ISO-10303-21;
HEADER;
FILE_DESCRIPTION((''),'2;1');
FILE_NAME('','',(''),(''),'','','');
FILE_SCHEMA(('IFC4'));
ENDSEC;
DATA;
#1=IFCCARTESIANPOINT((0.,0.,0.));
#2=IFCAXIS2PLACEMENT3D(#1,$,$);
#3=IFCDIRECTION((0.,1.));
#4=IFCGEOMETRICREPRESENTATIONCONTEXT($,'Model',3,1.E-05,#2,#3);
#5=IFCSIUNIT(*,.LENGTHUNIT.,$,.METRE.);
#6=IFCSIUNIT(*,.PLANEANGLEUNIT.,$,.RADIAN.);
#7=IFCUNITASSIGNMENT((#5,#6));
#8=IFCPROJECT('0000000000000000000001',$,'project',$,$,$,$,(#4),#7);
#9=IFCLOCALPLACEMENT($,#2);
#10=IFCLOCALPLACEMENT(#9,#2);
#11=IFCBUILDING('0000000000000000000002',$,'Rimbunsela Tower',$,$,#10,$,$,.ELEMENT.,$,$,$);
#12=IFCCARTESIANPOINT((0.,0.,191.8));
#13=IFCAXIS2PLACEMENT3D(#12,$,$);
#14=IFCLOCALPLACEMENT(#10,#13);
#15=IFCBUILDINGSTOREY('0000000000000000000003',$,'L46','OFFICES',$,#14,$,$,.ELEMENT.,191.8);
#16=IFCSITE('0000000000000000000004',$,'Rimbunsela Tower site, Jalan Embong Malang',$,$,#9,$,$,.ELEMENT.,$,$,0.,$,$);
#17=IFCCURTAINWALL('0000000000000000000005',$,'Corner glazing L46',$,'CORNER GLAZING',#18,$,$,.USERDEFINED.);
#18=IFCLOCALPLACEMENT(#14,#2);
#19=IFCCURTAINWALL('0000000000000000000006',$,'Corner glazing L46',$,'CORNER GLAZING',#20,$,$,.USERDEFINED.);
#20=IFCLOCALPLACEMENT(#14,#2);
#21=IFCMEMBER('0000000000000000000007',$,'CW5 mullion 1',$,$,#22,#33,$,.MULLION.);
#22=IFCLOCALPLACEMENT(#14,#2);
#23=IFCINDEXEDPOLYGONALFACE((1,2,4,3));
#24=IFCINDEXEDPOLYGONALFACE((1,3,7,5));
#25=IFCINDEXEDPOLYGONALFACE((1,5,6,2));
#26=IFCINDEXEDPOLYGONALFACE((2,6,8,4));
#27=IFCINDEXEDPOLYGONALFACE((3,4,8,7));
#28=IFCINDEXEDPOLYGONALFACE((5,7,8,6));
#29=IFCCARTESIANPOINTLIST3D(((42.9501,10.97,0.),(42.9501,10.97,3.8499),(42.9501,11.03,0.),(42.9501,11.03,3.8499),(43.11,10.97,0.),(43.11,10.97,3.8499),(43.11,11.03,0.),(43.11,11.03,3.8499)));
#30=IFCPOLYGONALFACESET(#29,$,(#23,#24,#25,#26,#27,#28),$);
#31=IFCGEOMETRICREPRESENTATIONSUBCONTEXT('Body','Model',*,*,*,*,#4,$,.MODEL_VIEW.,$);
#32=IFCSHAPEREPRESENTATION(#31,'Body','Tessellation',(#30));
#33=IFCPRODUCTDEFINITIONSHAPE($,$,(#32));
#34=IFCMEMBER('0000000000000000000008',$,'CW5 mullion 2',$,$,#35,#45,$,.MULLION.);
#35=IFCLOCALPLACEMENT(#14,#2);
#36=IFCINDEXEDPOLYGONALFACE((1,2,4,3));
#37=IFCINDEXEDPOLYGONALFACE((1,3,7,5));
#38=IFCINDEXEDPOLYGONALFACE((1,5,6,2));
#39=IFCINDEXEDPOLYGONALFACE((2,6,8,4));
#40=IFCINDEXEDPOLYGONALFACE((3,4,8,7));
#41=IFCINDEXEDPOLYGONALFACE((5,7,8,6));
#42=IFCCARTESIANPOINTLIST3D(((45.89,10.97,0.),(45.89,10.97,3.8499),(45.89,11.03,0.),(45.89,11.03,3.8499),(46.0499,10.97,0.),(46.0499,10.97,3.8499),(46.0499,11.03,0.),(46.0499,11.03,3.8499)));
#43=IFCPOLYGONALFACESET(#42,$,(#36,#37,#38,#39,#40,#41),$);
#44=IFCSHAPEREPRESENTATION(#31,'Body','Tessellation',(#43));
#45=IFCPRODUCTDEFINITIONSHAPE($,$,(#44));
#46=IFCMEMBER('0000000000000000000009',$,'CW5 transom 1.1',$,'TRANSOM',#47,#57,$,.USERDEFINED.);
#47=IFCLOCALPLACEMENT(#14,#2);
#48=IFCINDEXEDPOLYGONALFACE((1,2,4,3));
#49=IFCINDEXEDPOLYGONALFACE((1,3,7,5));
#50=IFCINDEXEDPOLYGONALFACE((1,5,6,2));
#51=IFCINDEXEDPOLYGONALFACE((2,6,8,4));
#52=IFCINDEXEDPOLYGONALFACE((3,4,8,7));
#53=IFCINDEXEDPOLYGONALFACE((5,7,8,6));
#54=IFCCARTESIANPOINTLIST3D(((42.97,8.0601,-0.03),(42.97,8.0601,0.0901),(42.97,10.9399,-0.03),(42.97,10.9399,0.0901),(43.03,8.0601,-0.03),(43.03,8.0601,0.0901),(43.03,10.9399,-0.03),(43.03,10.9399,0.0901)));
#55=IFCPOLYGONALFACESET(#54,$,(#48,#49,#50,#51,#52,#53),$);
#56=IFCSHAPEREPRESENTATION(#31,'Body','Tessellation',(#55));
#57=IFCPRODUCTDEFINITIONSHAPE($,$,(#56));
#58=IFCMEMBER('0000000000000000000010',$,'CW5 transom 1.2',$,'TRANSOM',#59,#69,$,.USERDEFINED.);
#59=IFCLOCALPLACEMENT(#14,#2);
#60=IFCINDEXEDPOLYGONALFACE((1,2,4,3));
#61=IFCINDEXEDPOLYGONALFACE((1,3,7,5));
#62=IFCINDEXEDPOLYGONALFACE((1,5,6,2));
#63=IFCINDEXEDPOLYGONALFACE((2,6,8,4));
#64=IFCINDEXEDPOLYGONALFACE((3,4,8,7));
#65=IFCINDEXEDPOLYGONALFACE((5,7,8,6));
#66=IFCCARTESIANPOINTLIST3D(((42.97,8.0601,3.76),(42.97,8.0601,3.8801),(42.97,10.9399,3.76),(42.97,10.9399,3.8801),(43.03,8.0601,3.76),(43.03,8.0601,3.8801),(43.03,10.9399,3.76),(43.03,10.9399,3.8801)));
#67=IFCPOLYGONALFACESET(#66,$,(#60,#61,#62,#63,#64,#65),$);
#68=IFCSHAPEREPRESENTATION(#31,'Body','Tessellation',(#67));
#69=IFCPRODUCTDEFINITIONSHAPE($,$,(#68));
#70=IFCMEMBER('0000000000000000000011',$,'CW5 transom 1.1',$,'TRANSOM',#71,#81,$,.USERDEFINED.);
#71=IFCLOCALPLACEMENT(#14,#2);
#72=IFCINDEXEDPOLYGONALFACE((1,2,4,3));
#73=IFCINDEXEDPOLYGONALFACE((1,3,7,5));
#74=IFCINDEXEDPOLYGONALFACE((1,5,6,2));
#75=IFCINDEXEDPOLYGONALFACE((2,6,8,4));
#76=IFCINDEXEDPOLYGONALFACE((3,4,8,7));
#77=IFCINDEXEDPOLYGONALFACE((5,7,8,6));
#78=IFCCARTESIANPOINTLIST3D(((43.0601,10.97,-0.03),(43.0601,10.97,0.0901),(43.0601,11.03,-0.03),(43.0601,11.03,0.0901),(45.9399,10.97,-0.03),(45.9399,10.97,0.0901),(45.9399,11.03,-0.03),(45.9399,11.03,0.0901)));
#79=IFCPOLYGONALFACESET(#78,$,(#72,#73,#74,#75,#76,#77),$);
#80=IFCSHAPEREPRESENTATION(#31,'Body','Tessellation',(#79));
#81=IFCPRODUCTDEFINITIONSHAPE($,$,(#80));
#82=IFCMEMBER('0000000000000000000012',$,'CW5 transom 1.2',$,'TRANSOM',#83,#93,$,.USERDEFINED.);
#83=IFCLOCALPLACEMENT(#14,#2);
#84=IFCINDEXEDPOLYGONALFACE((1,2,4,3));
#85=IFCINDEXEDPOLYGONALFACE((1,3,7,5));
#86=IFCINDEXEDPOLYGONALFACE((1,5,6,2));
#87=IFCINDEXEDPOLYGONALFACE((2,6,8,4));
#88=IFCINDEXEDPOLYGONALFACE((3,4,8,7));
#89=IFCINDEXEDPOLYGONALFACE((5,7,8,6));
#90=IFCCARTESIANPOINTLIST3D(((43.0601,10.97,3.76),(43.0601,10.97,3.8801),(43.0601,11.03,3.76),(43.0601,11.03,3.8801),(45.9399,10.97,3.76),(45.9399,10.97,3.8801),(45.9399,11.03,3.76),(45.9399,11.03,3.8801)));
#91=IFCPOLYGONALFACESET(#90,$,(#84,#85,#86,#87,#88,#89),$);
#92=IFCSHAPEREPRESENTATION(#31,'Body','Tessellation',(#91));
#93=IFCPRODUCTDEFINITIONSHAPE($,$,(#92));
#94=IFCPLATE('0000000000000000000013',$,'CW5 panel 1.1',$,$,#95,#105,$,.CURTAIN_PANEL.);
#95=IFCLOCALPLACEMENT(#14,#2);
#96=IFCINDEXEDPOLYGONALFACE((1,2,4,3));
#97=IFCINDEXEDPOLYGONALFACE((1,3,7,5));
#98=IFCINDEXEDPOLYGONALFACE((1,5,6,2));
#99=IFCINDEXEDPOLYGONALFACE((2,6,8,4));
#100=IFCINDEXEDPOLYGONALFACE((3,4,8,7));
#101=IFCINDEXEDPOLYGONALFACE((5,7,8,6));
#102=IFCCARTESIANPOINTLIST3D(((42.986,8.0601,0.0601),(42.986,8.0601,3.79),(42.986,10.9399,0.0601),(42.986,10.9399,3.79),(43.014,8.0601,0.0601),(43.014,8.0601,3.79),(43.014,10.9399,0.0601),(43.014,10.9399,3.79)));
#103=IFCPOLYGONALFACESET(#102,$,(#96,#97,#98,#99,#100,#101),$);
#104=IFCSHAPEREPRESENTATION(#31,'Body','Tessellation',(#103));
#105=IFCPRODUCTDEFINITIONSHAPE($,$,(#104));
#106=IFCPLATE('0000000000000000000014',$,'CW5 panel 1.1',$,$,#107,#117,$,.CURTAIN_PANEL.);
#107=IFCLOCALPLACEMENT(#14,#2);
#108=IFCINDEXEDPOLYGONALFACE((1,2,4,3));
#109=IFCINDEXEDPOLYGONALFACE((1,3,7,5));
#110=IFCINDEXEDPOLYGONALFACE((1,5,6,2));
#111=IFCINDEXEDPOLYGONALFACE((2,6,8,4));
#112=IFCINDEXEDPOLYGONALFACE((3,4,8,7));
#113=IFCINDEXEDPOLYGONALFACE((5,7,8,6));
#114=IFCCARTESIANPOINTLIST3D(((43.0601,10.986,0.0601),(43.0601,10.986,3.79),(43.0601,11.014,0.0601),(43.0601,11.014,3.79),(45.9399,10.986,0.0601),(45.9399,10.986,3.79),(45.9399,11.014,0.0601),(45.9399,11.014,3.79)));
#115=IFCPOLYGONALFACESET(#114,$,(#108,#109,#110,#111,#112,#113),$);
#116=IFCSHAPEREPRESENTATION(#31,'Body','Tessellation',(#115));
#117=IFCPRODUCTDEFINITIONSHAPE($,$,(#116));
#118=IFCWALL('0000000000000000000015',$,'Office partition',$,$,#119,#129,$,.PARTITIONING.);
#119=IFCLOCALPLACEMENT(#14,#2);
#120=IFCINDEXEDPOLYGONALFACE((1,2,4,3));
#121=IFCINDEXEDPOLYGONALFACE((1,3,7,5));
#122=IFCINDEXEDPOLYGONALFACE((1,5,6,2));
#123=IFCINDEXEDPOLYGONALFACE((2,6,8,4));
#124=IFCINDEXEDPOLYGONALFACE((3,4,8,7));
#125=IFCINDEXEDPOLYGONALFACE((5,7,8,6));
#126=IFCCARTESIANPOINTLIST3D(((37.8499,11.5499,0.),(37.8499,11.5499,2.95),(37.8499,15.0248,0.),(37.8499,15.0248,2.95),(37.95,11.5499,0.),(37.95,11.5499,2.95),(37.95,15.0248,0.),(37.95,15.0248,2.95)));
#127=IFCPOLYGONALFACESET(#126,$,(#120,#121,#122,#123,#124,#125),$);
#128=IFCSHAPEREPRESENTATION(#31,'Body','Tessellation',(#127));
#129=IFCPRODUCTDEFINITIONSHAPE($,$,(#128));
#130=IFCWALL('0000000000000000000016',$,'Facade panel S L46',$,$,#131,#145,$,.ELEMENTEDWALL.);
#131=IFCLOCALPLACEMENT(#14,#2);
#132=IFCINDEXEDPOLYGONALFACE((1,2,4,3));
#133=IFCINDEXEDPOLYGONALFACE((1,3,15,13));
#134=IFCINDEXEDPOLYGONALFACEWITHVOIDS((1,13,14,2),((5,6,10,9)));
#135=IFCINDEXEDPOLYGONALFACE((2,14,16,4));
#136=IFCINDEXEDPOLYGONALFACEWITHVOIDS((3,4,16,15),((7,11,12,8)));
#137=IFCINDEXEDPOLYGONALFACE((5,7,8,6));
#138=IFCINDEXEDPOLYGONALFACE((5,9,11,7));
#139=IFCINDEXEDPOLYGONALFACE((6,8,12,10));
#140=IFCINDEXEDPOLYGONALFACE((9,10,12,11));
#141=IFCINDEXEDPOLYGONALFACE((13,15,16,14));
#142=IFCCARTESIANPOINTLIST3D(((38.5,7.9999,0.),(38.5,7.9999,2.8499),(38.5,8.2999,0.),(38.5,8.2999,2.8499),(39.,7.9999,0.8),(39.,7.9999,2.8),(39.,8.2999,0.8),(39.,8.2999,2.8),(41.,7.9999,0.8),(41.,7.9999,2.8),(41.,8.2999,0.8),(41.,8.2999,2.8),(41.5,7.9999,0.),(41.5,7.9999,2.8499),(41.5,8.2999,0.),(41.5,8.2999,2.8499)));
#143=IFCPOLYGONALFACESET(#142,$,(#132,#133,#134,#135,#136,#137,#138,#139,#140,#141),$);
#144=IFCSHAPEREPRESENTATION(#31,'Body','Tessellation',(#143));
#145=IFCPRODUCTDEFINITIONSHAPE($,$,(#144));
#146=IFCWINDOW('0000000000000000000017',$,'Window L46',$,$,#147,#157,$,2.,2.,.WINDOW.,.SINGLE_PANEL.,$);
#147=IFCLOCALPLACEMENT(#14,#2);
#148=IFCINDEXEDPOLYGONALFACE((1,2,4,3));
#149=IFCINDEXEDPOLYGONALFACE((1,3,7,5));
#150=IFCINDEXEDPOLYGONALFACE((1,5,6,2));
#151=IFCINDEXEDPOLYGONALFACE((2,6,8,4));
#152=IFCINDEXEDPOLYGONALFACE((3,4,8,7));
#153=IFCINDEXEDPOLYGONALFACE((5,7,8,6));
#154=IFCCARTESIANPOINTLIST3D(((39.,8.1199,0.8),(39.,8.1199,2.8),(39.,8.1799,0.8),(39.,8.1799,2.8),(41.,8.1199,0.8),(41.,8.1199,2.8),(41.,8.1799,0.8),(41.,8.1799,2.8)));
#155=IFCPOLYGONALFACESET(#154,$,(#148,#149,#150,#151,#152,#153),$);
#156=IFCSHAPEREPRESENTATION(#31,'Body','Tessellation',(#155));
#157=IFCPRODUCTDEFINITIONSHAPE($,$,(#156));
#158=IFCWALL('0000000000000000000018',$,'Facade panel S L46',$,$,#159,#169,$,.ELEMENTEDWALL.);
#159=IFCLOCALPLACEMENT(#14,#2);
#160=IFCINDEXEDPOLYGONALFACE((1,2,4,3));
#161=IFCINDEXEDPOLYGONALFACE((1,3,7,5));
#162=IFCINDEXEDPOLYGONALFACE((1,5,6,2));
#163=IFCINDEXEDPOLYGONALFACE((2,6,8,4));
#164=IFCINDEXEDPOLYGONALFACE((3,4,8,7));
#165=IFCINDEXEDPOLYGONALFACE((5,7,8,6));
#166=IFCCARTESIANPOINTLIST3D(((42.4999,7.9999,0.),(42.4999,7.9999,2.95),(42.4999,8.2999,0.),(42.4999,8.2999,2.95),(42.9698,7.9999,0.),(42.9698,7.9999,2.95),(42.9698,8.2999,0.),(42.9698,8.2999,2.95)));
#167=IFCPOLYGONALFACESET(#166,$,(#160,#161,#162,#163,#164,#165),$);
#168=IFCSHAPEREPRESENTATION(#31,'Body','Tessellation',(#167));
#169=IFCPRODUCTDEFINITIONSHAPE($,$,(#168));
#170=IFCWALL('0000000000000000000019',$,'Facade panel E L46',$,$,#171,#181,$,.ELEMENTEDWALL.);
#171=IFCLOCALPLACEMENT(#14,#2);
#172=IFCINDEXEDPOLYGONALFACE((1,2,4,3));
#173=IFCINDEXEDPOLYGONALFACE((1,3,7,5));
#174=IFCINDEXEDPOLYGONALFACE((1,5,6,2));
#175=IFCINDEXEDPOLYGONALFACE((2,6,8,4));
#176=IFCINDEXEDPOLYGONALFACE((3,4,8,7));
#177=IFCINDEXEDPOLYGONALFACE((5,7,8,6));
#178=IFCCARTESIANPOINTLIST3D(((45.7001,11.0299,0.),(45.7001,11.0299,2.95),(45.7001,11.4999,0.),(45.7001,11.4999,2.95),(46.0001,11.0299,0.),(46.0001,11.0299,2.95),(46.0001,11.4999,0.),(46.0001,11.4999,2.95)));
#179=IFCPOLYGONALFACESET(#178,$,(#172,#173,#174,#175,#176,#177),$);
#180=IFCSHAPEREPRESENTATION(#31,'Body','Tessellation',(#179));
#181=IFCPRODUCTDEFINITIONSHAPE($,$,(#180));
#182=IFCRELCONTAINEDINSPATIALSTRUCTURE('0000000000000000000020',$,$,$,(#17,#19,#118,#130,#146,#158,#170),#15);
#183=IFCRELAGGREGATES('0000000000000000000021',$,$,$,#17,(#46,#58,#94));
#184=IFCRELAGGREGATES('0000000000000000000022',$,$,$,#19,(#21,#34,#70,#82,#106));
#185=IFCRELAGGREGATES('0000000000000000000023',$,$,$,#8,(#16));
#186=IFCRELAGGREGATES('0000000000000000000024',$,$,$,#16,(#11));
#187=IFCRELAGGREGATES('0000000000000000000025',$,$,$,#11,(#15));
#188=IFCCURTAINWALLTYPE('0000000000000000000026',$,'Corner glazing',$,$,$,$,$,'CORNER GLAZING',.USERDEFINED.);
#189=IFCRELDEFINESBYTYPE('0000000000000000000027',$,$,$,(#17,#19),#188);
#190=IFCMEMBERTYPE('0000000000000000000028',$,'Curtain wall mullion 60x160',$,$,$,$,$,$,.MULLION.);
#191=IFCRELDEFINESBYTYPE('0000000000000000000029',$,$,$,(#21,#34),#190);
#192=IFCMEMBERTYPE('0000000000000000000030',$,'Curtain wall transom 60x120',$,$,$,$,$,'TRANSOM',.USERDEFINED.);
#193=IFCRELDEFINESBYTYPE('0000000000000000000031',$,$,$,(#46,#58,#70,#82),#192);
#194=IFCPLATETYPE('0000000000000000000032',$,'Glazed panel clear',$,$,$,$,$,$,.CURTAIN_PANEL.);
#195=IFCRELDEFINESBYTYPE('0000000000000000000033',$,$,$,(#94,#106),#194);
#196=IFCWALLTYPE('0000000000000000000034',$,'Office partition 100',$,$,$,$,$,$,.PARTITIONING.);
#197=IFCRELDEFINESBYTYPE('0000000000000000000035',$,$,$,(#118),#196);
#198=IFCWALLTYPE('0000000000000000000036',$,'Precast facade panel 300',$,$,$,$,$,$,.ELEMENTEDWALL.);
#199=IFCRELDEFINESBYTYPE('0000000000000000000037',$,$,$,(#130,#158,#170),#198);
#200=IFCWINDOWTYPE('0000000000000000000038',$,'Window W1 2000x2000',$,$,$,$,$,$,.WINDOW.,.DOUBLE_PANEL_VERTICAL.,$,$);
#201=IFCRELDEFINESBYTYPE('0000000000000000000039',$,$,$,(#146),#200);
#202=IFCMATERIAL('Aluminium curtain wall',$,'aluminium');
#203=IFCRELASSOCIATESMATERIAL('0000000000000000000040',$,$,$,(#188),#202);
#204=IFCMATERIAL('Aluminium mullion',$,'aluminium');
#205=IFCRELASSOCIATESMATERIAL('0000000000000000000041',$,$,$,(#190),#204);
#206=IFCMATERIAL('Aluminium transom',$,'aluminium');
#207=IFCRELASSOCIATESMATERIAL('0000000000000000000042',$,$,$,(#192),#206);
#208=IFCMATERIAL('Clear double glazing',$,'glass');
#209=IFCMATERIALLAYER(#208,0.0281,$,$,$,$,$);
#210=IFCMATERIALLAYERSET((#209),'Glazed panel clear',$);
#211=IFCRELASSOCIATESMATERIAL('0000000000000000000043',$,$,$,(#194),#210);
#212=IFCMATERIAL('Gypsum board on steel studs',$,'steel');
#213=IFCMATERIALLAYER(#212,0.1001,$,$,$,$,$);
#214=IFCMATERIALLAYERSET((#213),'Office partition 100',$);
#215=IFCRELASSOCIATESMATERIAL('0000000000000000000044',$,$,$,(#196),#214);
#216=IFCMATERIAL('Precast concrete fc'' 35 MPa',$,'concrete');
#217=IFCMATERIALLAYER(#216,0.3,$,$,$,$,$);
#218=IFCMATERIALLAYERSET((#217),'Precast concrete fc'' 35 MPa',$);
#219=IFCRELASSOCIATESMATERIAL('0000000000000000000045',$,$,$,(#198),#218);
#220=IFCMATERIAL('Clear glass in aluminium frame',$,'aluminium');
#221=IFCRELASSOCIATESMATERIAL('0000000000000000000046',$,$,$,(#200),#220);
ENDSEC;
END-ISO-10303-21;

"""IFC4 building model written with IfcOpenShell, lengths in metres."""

from ifc_helpers import new_model, si_unit, direction, frame, frame_2d, origin, origin_2d, place, context, subcontext, project, spatial, rectangle, extrude, material, layer, layer_set, material_profile, profile_set, type_object, element, fill, aggregate, save


model = new_model("IFC4")

# Units and contexts
model_context = context("Model", 3, precision=1e-05, world=origin(), true_north=direction((0.0, 1.0)))
body_context = subcontext(model_context, "Body", "Model", "MODEL_VIEW")
ifc_project = project(units=[si_unit("LENGTHUNIT", "METRE"), si_unit("PLANEANGLEUNIT", "RADIAN")], contexts=[model_context])

# Site, building, storey
site_placement = place(None, origin())
site = spatial("IfcSite", under=ifc_project, at=site_placement, Name="Rimbunsela Tower site, Jalan Embong Malang", CompositionType="ELEMENT", RefElevation=0.0)
building_placement = place(site_placement, origin())
building = spatial("IfcBuilding", under=site, at=building_placement, Name="Rimbunsela Tower", CompositionType="ELEMENT")
storey_placement = place(building_placement, frame((0.0, 0.0, 191.8)))
storey = spatial("IfcBuildingStorey", under=building, at=storey_placement, Name="L46", Description="OFFICES", CompositionType="ELEMENT", Elevation=191.8)

# Curtain walls, members
ifc_material_1 = material(Name="Aluminium curtain wall", Category="aluminium")
curtain_wall_type = type_object("IfcCurtainWallType", Name="Corner glazing", ElementType="CORNER GLAZING", PredefinedType="USERDEFINED", material=ifc_material_1)
curtain_wall_1_placement = place(storey_placement, origin())
curtain_wall_1 = element("IfcCurtainWall", 1, at=curtain_wall_1_placement, inside=storey, type_object=curtain_wall_type, Name="Corner glazing L46", ObjectType="CORNER GLAZING", PredefinedType="USERDEFINED")
ifc_material_2 = material(Name="Aluminium mullion", Category="aluminium")
ifc_material_profile_1 = material_profile(ifc_material_2, rectangle(XDim=0.0601, YDim=0.1599, at=origin_2d()), Name="Mullion 60x160")
ifc_profile_set_1 = profile_set([ifc_material_profile_1], Name="Aluminium mullion")
member_type_1 = type_object("IfcMemberType", Name="Curtain wall mullion 60x160", PredefinedType="MULLION", material=ifc_profile_set_1)
curtain_wall_2_placement = place(storey_placement, origin())
curtain_wall_2 = element("IfcCurtainWall", 2, at=curtain_wall_2_placement, inside=storey, type_object=curtain_wall_type, Name="Corner glazing L46", ObjectType="CORNER GLAZING", PredefinedType="USERDEFINED")
member_1_placement = place(storey_placement, frame((43.03, 11.0, 0.0), z_axis=(0.0, 0.0, 1.0), x_axis=(0.0, 1.0, 0.0)))
member_1 = element("IfcMember", 3, at=member_1_placement, type_object=member_type_1, Name="CW5 mullion 1", PredefinedType="MULLION", context=body_context, shape_type="SweptSolid", body=[
    extrude(rectangle(XDim=0.0601, YDim=0.1599, at=origin_2d()), origin(), (0.0, 0.0, 1.0), 3.8499),
])
member_2_placement = place(storey_placement, frame((45.97, 11.0, 0.0), z_axis=(0.0, 0.0, 1.0), x_axis=(0.0, 1.0, 0.0)))
member_2 = element("IfcMember", 4, at=member_2_placement, type_object=member_type_1, Name="CW5 mullion 2", PredefinedType="MULLION", context=body_context, shape_type="SweptSolid", body=[
    extrude(rectangle(XDim=0.0601, YDim=0.1599, at=origin_2d()), origin(), (0.0, 0.0, 1.0), 3.8499),
])

# Members
ifc_material_3 = material(Name="Aluminium transom", Category="aluminium")
ifc_material_profile_2 = material_profile(ifc_material_3, rectangle(XDim=0.0601, YDim=0.1201, at=origin_2d()), Name="Transom 60x120")
ifc_profile_set_2 = profile_set([ifc_material_profile_2], Name="Aluminium transom")
member_type_2 = type_object("IfcMemberType", Name="Curtain wall transom 60x120", ElementType="TRANSOM", PredefinedType="USERDEFINED", material=ifc_profile_set_2)
member_3_placement = place(storey_placement, frame((43.0, 8.0601, 0.03), z_axis=(0.0, 1.0, 0.0), x_axis=(-1.0, 0.0, 0.0)))
member_3 = element("IfcMember", 5, at=member_3_placement, type_object=member_type_2, Name="CW5 transom 1.1", ObjectType="TRANSOM", PredefinedType="USERDEFINED", context=body_context, shape_type="SweptSolid", body=[
    extrude(rectangle(XDim=0.0601, YDim=0.1201, at=origin_2d()), origin(), (0.0, 0.0, 1.0), 2.8799),
])
member_4_placement = place(storey_placement, frame((43.0, 8.0601, 3.8201), z_axis=(0.0, 1.0, 0.0), x_axis=(-1.0, 0.0, 0.0)))
member_4 = element("IfcMember", 6, at=member_4_placement, type_object=member_type_2, Name="CW5 transom 1.2", ObjectType="TRANSOM", PredefinedType="USERDEFINED", context=body_context, shape_type="SweptSolid", body=[
    extrude(rectangle(XDim=0.0601, YDim=0.1201, at=origin_2d()), origin(), (0.0, 0.0, 1.0), 2.8799),
])
member_5_placement = place(storey_placement, frame((43.0601, 11.0, 0.03), z_axis=(1.0, 0.0, 0.0), x_axis=(0.0, 1.0, 0.0)))
member_5 = element("IfcMember", 7, at=member_5_placement, type_object=member_type_2, Name="CW5 transom 1.1", ObjectType="TRANSOM", PredefinedType="USERDEFINED", context=body_context, shape_type="SweptSolid", body=[
    extrude(rectangle(XDim=0.0601, YDim=0.1201, at=origin_2d()), origin(), (0.0, 0.0, 1.0), 2.8799),
])
member_6_placement = place(storey_placement, frame((43.0601, 11.0, 3.8201), z_axis=(1.0, 0.0, 0.0), x_axis=(0.0, 1.0, 0.0)))
member_6 = element("IfcMember", 8, at=member_6_placement, type_object=member_type_2, Name="CW5 transom 1.2", ObjectType="TRANSOM", PredefinedType="USERDEFINED", context=body_context, shape_type="SweptSolid", body=[
    extrude(rectangle(XDim=0.0601, YDim=0.1201, at=origin_2d()), origin(), (0.0, 0.0, 1.0), 2.8799),
])

# Plates
ifc_material_4 = material(Name="Clear double glazing", Category="glass")
ifc_layer_1 = layer(ifc_material_4, 0.0281)
ifc_layer_set_1 = layer_set([ifc_layer_1], Name="Glazed panel clear")
plate_type = type_object("IfcPlateType", Name="Glazed panel clear", PredefinedType="CURTAIN_PANEL", material=ifc_layer_set_1)
plate_1_placement = place(storey_placement, frame((43.0, 9.5, 0.0601), z_axis=(0.0, 0.0, 1.0), x_axis=(0.0, 1.0, 0.0)))
plate_1 = element("IfcPlate", 9, at=plate_1_placement, type_object=plate_type, Name="CW5 panel 1.1", PredefinedType="CURTAIN_PANEL", context=body_context, shape_type="SweptSolid", body=[
    extrude(rectangle(XDim=2.8799, YDim=0.0281, at=origin_2d()), origin(), (0.0, 0.0, 1.0), 3.73),
])
aggregate(curtain_wall_1, [member_3, member_4, plate_1])
plate_2_placement = place(storey_placement, frame((44.5, 11.0, 0.0601), z_axis=(0.0, 0.0, 1.0), x_axis=(1.0, 0.0, 0.0)))
plate_2 = element("IfcPlate", 10, at=plate_2_placement, type_object=plate_type, Name="CW5 panel 1.1", PredefinedType="CURTAIN_PANEL", context=body_context, shape_type="SweptSolid", body=[
    extrude(rectangle(XDim=2.8799, YDim=0.0281, at=origin_2d()), origin(), (0.0, 0.0, 1.0), 3.73),
])
aggregate(curtain_wall_2, [member_1, member_2, member_5, member_6, plate_2])

# Wall
ifc_material_5 = material(Name="Gypsum board on steel studs", Category="steel")
ifc_layer_2 = layer(ifc_material_5, 0.1001)
ifc_layer_set_2 = layer_set([ifc_layer_2], Name="Office partition 100")
wall_type_1 = type_object("IfcWallType", Name="Office partition 100", PredefinedType="PARTITIONING", material=ifc_layer_set_2)
wall_1_placement = place(storey_placement, frame((37.8999, 11.55, 0.0), z_axis=(0.0, 0.0, 1.0), x_axis=(0.0, 1.0, 0.0)))
element("IfcWall", 11, at=wall_1_placement, inside=storey, type_object=wall_type_1, Name="Office partition", PredefinedType="PARTITIONING", context=body_context, shape_type="SweptSolid", body=[
    extrude(rectangle(XDim=3.4749, YDim=0.1001, at=frame_2d((1.7373, 0.0))), origin(), (0.0, 0.0, 1.0), 2.95),
])

# Wall, opening, window
ifc_material_6 = material(Name="Precast concrete fc' 35 MPa", Category="concrete")
ifc_layer_3 = layer(ifc_material_6, 0.3)
ifc_layer_set_3 = layer_set([ifc_layer_3], Name="Precast concrete fc' 35 MPa")
wall_type_2 = type_object("IfcWallType", Name="Precast facade panel 300", PredefinedType="ELEMENTEDWALL", material=ifc_layer_set_3)
wall_2_placement = place(storey_placement, frame((38.5, 8.1499, 0.0), z_axis=(0.0, 0.0, 1.0), x_axis=(1.0, 0.0, 0.0)))
wall_2 = element("IfcWall", 12, at=wall_2_placement, inside=storey, type_object=wall_type_2, Name="Facade panel S L46", PredefinedType="ELEMENTEDWALL", context=body_context, shape_type="SweptSolid", body=[
    extrude(rectangle(XDim=3.0, YDim=0.3, at=frame_2d((1.5, 0.0))), origin(), (0.0, 0.0, 1.0), 2.8499),
])
opening_placement = place(wall_2_placement, frame((0.5, 0.0, 0.8)))
opening = element("IfcOpeningElement", 13, at=opening_placement, cuts=wall_2, PredefinedType="OPENING", context=body_context, shape_type="SweptSolid", body=[
    extrude(rectangle(XDim=2.0, YDim=2.0, at=frame_2d((1.0, 1.0))), frame((0.0, 0.1599, 0.0), z_axis=(0.0, -1.0, 0.0), x_axis=(1.0, 0.0, 0.0)), (0.0, 0.0, 1.0), 0.3201),
])
ifc_material_7 = material(Name="Clear glass in aluminium frame", Category="aluminium")
window_type = type_object("IfcWindowType", Name="Window W1 2000x2000", PartitioningType="DOUBLE_PANEL_VERTICAL", PredefinedType="WINDOW", material=ifc_material_7)
window_placement = place(opening_placement, origin())
window = element("IfcWindow", 14, at=window_placement, inside=storey, type_object=window_type, Name="Window L46", OverallHeight=2.0, OverallWidth=2.0, PartitioningType="SINGLE_PANEL", PredefinedType="WINDOW", context=body_context, shape_type="SweptSolid", body=[
    extrude(rectangle(XDim=2.0, YDim=2.0, at=frame_2d((1.0, 1.0))), frame((0.0, 0.03, 0.0), z_axis=(0.0, -1.0, 0.0), x_axis=(1.0, 0.0, 0.0)), (0.0, 0.0, 1.0), 0.0601),
])
fill(opening, window)

# Walls
for number, where, z_axis, x_axis, name in (
    (15, (42.5, 8.1499, 0.0), (0.0, 0.0, 1.0), (1.0, 0.0, 0.0), "Facade panel S L46"),
    (16, (45.8501, 11.03, 0.0), (0.0, 0.0, 1.0), (0.0, 1.0, 0.0), "Facade panel E L46"),
):
    element("IfcWall", number, at=place(storey_placement, frame(where, z_axis=z_axis, x_axis=x_axis)), inside=storey, type_object=wall_type_2, Name=name, PredefinedType="ELEMENTEDWALL", context=body_context, shape_type="SweptSolid", body=[
        extrude(rectangle(XDim=0.47, YDim=0.3, at=frame_2d((0.2349, 0.0))), origin(), (0.0, 0.0, 1.0), 2.95),
    ])

save(model, "model.ifc")
